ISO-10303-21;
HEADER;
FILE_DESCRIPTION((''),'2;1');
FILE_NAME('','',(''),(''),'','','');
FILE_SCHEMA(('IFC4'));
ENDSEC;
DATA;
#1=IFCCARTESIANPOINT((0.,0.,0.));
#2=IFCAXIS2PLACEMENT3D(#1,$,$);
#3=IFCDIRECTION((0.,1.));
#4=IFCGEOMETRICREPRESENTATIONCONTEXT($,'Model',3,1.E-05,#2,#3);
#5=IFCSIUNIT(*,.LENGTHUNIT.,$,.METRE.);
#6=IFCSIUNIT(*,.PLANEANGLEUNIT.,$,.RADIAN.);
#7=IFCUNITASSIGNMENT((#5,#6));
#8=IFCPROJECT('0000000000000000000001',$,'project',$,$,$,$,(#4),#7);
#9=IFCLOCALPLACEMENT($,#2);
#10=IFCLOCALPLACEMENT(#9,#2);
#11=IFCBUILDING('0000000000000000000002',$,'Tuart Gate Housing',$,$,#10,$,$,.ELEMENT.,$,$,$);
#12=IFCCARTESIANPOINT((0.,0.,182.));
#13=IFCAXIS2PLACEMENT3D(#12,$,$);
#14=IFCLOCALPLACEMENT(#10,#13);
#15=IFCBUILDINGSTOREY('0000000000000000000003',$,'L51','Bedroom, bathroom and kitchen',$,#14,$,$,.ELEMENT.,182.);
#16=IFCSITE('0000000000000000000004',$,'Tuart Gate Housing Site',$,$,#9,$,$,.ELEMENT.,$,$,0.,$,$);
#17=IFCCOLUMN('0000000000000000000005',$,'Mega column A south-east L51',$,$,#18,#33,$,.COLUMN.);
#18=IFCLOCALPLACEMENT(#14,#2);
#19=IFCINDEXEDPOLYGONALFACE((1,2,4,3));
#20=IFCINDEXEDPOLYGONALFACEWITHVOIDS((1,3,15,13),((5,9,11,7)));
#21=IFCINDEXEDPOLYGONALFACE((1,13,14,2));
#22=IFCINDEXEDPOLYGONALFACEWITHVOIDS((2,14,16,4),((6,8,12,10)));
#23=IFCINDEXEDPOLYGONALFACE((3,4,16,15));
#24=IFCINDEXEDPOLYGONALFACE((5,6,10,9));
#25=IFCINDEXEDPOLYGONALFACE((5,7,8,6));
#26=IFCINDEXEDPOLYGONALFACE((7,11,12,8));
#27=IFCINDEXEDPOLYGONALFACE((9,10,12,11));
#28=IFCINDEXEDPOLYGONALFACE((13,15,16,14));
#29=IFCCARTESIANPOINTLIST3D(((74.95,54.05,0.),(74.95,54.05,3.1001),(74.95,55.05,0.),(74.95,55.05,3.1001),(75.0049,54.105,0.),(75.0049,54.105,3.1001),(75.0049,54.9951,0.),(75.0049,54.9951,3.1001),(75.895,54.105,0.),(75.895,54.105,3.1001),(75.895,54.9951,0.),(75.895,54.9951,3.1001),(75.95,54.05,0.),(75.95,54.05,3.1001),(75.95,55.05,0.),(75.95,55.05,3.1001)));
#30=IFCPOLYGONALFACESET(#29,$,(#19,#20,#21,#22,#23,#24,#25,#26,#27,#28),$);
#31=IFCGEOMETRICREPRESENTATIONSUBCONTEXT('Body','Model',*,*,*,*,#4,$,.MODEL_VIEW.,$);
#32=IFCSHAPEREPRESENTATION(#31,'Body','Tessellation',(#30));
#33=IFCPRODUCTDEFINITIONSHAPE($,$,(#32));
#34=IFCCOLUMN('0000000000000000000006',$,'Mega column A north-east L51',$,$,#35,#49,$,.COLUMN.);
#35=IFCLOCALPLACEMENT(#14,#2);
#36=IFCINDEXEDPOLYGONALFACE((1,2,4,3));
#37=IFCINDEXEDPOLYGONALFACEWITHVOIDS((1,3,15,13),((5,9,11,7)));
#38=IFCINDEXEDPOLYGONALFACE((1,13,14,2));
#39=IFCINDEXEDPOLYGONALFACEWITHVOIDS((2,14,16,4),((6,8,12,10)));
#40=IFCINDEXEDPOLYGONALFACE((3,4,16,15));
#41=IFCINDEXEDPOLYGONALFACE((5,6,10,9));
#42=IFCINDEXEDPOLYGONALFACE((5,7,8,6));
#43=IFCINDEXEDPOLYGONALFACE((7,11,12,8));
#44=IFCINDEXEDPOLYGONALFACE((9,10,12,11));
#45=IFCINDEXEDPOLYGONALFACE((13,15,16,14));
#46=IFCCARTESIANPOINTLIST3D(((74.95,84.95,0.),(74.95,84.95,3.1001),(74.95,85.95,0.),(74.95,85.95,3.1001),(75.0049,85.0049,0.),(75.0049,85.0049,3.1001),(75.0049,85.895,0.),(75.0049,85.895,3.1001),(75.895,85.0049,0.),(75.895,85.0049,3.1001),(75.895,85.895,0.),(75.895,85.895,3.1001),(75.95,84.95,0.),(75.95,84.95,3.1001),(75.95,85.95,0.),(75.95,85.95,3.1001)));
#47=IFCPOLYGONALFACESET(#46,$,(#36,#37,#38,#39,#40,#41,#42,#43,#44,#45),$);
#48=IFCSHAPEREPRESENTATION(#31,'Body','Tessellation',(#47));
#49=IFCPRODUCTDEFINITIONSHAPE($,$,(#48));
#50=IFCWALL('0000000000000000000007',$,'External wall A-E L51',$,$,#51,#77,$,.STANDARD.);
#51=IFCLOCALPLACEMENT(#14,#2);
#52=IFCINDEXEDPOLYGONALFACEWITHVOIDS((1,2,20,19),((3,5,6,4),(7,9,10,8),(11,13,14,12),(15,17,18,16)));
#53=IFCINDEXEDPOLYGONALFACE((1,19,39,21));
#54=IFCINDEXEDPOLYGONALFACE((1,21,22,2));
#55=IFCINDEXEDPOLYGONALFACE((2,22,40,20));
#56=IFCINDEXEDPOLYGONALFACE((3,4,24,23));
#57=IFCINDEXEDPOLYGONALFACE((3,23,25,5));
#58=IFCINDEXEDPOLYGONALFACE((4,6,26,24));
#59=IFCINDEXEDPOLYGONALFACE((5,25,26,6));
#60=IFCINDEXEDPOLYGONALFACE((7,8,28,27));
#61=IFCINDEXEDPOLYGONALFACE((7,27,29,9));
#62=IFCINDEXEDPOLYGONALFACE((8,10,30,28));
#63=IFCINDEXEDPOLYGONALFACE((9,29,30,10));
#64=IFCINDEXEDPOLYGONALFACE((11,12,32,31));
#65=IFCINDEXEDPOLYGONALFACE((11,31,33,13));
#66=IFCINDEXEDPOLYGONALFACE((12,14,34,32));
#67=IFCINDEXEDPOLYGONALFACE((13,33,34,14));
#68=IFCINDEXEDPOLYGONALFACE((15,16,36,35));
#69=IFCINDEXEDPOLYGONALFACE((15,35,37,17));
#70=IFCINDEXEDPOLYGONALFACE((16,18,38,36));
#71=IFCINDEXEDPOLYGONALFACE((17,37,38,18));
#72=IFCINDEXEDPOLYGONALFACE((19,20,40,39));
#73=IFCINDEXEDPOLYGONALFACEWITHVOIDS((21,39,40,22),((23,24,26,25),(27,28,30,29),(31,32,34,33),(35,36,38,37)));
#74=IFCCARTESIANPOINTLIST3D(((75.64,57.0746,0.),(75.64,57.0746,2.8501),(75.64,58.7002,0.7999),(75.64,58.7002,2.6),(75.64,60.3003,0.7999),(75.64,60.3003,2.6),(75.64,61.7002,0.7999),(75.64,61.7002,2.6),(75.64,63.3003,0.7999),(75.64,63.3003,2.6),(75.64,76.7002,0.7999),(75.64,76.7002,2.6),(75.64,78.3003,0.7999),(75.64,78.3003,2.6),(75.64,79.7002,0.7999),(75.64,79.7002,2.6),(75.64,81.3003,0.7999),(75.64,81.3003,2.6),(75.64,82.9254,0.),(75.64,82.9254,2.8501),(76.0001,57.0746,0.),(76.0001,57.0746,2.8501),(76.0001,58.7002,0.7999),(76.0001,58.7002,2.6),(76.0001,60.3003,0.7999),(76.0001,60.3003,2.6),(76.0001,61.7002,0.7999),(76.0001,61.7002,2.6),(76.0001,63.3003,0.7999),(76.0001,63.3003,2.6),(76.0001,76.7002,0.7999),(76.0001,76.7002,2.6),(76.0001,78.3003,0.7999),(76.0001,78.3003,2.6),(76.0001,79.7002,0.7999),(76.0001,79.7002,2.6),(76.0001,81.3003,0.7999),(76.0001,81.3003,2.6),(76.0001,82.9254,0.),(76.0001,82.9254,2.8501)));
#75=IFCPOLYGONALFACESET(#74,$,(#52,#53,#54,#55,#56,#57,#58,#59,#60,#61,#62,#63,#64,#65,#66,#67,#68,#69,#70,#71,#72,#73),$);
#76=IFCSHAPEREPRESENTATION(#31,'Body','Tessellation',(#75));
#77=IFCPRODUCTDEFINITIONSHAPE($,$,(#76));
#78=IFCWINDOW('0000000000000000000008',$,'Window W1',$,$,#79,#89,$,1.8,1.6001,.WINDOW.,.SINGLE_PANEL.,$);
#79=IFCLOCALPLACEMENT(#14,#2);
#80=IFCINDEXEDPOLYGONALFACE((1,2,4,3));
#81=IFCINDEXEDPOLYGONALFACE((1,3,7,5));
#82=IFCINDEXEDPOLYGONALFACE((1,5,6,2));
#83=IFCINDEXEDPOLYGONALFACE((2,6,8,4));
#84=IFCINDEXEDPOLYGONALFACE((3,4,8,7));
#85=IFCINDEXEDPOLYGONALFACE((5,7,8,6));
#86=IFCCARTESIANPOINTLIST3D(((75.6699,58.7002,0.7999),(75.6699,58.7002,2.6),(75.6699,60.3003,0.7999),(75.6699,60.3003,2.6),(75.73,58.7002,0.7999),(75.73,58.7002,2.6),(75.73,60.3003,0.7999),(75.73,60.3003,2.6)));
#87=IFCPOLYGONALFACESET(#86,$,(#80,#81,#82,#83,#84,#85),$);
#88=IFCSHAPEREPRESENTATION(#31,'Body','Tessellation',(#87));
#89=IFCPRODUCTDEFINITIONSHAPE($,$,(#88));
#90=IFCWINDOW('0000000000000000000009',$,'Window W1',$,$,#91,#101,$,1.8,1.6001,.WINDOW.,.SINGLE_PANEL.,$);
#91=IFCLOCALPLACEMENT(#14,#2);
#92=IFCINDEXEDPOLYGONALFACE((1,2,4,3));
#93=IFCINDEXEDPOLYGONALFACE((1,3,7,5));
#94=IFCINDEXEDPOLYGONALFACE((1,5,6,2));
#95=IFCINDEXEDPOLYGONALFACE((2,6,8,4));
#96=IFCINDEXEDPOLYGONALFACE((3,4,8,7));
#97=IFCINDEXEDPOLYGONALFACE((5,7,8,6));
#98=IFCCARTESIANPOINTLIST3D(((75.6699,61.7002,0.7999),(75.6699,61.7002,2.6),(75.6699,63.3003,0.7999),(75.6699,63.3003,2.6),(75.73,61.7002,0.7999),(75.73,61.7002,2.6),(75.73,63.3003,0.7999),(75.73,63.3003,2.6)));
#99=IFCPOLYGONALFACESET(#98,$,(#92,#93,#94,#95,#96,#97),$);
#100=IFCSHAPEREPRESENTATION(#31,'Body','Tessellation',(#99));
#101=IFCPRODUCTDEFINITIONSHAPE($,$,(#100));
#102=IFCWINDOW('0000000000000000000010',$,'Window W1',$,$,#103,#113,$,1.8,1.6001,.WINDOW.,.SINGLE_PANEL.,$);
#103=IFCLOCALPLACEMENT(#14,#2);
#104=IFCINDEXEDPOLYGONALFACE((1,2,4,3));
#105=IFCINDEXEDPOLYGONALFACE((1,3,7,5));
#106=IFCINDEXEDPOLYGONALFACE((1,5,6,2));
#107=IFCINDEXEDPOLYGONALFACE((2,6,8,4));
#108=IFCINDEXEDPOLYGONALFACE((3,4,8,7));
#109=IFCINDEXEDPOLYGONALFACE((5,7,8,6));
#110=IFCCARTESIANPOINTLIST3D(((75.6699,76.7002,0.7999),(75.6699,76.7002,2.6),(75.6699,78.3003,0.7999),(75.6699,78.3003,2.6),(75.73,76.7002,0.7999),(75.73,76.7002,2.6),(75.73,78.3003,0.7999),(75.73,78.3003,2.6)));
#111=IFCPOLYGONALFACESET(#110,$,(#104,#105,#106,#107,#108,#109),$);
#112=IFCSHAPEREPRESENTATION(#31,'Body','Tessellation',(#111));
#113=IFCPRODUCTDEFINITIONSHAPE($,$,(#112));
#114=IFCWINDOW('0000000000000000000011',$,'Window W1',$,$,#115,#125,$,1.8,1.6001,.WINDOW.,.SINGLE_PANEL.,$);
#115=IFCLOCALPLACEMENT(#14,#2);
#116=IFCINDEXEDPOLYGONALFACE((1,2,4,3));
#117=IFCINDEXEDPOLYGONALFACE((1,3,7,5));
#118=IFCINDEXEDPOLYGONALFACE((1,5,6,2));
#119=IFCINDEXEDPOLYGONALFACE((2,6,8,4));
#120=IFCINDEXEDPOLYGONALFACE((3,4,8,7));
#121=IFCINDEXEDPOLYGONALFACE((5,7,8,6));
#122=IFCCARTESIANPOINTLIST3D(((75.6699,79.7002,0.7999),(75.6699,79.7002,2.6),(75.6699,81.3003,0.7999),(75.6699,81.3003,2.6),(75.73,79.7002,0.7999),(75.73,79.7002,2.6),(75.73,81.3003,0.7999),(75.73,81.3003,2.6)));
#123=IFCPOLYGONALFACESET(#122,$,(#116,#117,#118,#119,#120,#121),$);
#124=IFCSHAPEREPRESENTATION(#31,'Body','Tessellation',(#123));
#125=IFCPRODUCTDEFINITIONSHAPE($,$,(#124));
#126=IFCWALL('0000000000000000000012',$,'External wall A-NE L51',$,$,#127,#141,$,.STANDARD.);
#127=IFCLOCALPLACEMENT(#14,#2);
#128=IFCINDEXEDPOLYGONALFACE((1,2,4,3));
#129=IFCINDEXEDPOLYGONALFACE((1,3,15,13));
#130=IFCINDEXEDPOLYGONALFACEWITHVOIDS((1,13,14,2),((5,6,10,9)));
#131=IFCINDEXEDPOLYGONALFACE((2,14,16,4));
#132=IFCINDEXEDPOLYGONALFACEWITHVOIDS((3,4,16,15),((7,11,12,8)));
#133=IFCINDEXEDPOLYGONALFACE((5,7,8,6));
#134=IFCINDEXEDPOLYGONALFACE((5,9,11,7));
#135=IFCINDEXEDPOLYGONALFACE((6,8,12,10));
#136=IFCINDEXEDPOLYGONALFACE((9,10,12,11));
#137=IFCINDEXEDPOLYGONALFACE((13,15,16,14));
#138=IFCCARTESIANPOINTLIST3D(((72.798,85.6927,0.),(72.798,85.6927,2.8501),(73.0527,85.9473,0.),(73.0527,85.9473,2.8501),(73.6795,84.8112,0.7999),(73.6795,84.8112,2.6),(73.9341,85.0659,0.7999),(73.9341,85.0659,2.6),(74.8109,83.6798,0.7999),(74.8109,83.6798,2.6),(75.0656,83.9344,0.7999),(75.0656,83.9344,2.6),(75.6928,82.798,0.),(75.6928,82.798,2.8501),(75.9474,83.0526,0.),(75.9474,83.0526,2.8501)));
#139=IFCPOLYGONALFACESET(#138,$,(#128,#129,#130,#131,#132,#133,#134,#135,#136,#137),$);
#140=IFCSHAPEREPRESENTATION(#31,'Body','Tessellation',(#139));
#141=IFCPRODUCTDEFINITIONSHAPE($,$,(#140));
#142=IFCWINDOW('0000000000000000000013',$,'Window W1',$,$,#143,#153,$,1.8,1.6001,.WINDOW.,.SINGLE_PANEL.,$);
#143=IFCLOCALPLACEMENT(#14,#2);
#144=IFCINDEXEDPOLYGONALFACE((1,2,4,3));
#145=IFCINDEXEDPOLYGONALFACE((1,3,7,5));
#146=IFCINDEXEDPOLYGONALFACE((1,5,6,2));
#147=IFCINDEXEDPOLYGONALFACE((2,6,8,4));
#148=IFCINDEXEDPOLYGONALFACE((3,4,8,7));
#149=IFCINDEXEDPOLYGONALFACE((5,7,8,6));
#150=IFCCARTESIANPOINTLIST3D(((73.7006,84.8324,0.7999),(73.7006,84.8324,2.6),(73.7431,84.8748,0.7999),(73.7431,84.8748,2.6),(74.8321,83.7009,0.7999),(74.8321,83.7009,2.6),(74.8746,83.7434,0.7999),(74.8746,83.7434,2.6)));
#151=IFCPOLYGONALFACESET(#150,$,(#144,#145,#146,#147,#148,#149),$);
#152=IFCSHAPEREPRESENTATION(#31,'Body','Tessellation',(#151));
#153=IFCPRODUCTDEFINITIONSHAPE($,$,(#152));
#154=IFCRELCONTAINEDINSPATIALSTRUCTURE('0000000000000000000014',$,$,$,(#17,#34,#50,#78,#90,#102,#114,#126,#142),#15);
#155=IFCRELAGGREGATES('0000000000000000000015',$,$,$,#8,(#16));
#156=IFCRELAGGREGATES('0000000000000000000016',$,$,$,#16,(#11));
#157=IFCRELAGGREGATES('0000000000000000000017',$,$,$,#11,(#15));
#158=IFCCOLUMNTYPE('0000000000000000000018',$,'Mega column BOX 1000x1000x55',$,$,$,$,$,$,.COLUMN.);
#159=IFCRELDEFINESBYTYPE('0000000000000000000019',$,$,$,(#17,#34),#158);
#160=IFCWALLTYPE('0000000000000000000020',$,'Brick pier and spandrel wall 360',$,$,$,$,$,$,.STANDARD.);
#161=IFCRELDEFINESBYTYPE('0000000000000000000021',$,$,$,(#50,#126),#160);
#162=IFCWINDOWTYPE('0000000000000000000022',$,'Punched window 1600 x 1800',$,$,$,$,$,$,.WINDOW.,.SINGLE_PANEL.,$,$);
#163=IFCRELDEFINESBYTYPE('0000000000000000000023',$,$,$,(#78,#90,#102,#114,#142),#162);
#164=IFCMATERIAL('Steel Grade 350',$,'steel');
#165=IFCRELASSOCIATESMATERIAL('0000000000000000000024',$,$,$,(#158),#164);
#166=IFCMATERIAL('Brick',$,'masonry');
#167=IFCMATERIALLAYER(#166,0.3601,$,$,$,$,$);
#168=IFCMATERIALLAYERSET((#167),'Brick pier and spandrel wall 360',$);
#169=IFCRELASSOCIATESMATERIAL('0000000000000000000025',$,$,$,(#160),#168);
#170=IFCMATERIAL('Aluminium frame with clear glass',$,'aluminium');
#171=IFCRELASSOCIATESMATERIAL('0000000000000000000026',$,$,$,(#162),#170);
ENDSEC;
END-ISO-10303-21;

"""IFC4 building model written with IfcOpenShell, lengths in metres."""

from ifc_helpers import new_model, si_unit, direction, frame, frame_2d, origin, origin_2d, place, context, subcontext, project, spatial, rectangle, hollow_rectangle, extrude, material, layer, layer_set, material_profile, profile_set, type_object, element, fill, save


model = new_model("IFC4")

# Units and contexts
model_context = context("Model", 3, precision=1e-05, world=origin(), true_north=direction((0.0, 1.0)))
body_context = subcontext(model_context, "Body", "Model", "MODEL_VIEW")
ifc_project = project(units=[si_unit("LENGTHUNIT", "METRE"), si_unit("PLANEANGLEUNIT", "RADIAN")], contexts=[model_context])

# Site, building, storey
site_placement = place(None, origin())
site = spatial("IfcSite", under=ifc_project, at=site_placement, Name="Tuart Gate Housing Site", CompositionType="ELEMENT", RefElevation=0.0)
building_placement = place(site_placement, origin())
building = spatial("IfcBuilding", under=site, at=building_placement, Name="Tuart Gate Housing", CompositionType="ELEMENT")
storey_placement = place(building_placement, frame((0.0, 0.0, 182.0)))
storey = spatial("IfcBuildingStorey", under=building, at=storey_placement, Name="L51", Description="Bedroom, bathroom and kitchen", CompositionType="ELEMENT", Elevation=182.0)

# Columns
ifc_material_1 = material(Name="Steel Grade 350", Category="steel")
ifc_material_profile = material_profile(ifc_material_1, hollow_rectangle(XDim=1.0, YDim=1.0, WallThickness=0.0549, at=origin_2d()), Name="BOX 1000x1000x55")
ifc_profile_set = profile_set([ifc_material_profile], Name="Steel Grade 350")
column_type = type_object("IfcColumnType", Name="Mega column BOX 1000x1000x55", PredefinedType="COLUMN", material=ifc_profile_set)
for number, where, z_axis, x_axis, name in (
    (1, (75.45, 54.55, 0.0), (0.0, 0.0, 1.0), (1.0, 0.0, 0.0), "Mega column A south-east L51"),
    (2, (75.45, 85.45, 0.0), (0.0, 0.0, 1.0), (1.0, 0.0, 0.0), "Mega column A north-east L51"),
):
    element("IfcColumn", number, at=place(storey_placement, frame(where, z_axis=z_axis, x_axis=x_axis)), inside=storey, type_object=column_type, Name=name, PredefinedType="COLUMN", context=body_context, shape_type="SweptSolid", body=[
        extrude(hollow_rectangle(XDim=1.0, YDim=1.0, WallThickness=0.0549, at=origin_2d()), origin(), (0.0, 0.0, 1.0), 3.1001),
    ])

# Wall, openings, windows
ifc_material_2 = material(Name="Brick", Category="masonry")
ifc_layer_1 = layer(ifc_material_2, 0.3601)
ifc_layer_set_1 = layer_set([ifc_layer_1], Name="Brick pier and spandrel wall 360")
wall_type_1 = type_object("IfcWallType", Name="Brick pier and spandrel wall 360", PredefinedType="STANDARD", material=ifc_layer_set_1)
wall_1_placement = place(storey_placement, frame((75.8201, 57.0747, 0.0), z_axis=(0.0, 0.0, 1.0), x_axis=(0.0, 1.0, 0.0)))
wall_1 = element("IfcWall", 3, at=wall_1_placement, inside=storey, type_object=wall_type_1, Name="External wall A-E L51", PredefinedType="STANDARD", context=body_context, shape_type="SweptSolid", body=[
    extrude(rectangle(XDim=25.8508, YDim=0.3601, at=frame_2d((12.9253, 0.0))), origin(), (0.0, 0.0, 1.0), 2.8501),
])
opening_1_placement = place(wall_1_placement, frame((1.6255, 0.0, 0.8)))
opening_1 = element("IfcOpeningElement", 4, at=opening_1_placement, cuts=wall_1, PredefinedType="OPENING", context=body_context, shape_type="SweptSolid", body=[
    extrude(rectangle(XDim=1.6001, YDim=1.8, at=frame_2d((0.8, 0.8999))), frame((0.0, 0.1899, 0.0), z_axis=(0.0, -1.0, 0.0), x_axis=(1.0, 0.0, 0.0)), (0.0, 0.0, 1.0), 0.3801),
])
opening_2_placement = place(wall_1_placement, frame((4.6255, 0.0, 0.8)))
opening_2 = element("IfcOpeningElement", 5, at=opening_2_placement, cuts=wall_1, PredefinedType="OPENING", context=body_context, shape_type="SweptSolid", body=[
    extrude(rectangle(XDim=1.6001, YDim=1.8, at=frame_2d((0.8, 0.8999))), frame((0.0, 0.1899, 0.0), z_axis=(0.0, -1.0, 0.0), x_axis=(1.0, 0.0, 0.0)), (0.0, 0.0, 1.0), 0.3801),
])
opening_3_placement = place(wall_1_placement, frame((19.6255, 0.0, 0.8)))
opening_3 = element("IfcOpeningElement", 6, at=opening_3_placement, cuts=wall_1, PredefinedType="OPENING", context=body_context, shape_type="SweptSolid", body=[
    extrude(rectangle(XDim=1.6001, YDim=1.8, at=frame_2d((0.8, 0.8999))), frame((0.0, 0.1899, 0.0), z_axis=(0.0, -1.0, 0.0), x_axis=(1.0, 0.0, 0.0)), (0.0, 0.0, 1.0), 0.3801),
])
opening_4_placement = place(wall_1_placement, frame((22.6255, 0.0, 0.8)))
opening_4 = element("IfcOpeningElement", 7, at=opening_4_placement, cuts=wall_1, PredefinedType="OPENING", context=body_context, shape_type="SweptSolid", body=[
    extrude(rectangle(XDim=1.6001, YDim=1.8, at=frame_2d((0.8, 0.8999))), frame((0.0, 0.1899, 0.0), z_axis=(0.0, -1.0, 0.0), x_axis=(1.0, 0.0, 0.0)), (0.0, 0.0, 1.0), 0.3801),
])
ifc_material_3 = material(Name="Aluminium frame with clear glass", Category="aluminium")
window_type = type_object("IfcWindowType", Name="Punched window 1600 x 1800", PartitioningType="SINGLE_PANEL", PredefinedType="WINDOW", material=ifc_material_3)
window_1_placement = place(opening_1_placement, origin())
window_1 = element("IfcWindow", 8, at=window_1_placement, inside=storey, type_object=window_type, Name="Window W1", OverallHeight=1.8, OverallWidth=1.6001, PartitioningType="SINGLE_PANEL", PredefinedType="WINDOW", context=body_context, shape_type="SweptSolid", body=[
    extrude(rectangle(XDim=1.6001, YDim=1.8, at=frame_2d((0.8, 0.8999))), frame((0.0, 0.1501, 0.0), z_axis=(0.0, -1.0, 0.0), x_axis=(1.0, 0.0, 0.0)), (0.0, 0.0, 1.0), 0.0601),
])
fill(opening_1, window_1)
window_2_placement = place(opening_2_placement, origin())
window_2 = element("IfcWindow", 9, at=window_2_placement, inside=storey, type_object=window_type, Name="Window W1", OverallHeight=1.8, OverallWidth=1.6001, PartitioningType="SINGLE_PANEL", PredefinedType="WINDOW", context=body_context, shape_type="SweptSolid", body=[
    extrude(rectangle(XDim=1.6001, YDim=1.8, at=frame_2d((0.8, 0.8999))), frame((0.0, 0.1501, 0.0), z_axis=(0.0, -1.0, 0.0), x_axis=(1.0, 0.0, 0.0)), (0.0, 0.0, 1.0), 0.0601),
])
fill(opening_2, window_2)
window_3_placement = place(opening_3_placement, origin())
window_3 = element("IfcWindow", 10, at=window_3_placement, inside=storey, type_object=window_type, Name="Window W1", OverallHeight=1.8, OverallWidth=1.6001, PartitioningType="SINGLE_PANEL", PredefinedType="WINDOW", context=body_context, shape_type="SweptSolid", body=[
    extrude(rectangle(XDim=1.6001, YDim=1.8, at=frame_2d((0.8, 0.8999))), frame((0.0, 0.1501, 0.0), z_axis=(0.0, -1.0, 0.0), x_axis=(1.0, 0.0, 0.0)), (0.0, 0.0, 1.0), 0.0601),
])
fill(opening_3, window_3)
window_4_placement = place(opening_4_placement, origin())
window_4 = element("IfcWindow", 11, at=window_4_placement, inside=storey, type_object=window_type, Name="Window W1", OverallHeight=1.8, OverallWidth=1.6001, PartitioningType="SINGLE_PANEL", PredefinedType="WINDOW", context=body_context, shape_type="SweptSolid", body=[
    extrude(rectangle(XDim=1.6001, YDim=1.8, at=frame_2d((0.8, 0.8999))), frame((0.0, 0.1501, 0.0), z_axis=(0.0, -1.0, 0.0), x_axis=(1.0, 0.0, 0.0)), (0.0, 0.0, 1.0), 0.0601),
])
fill(opening_4, window_4)

# Wall, opening, window
wall_2_placement = place(storey_placement, frame((75.8201, 82.9253, 0.0), z_axis=(0.0, 0.0, 1.0), x_axis=(-0.707107, 0.707107, 0.0)))
wall_2 = element("IfcWall", 12, at=wall_2_placement, inside=storey, type_object=wall_type_1, Name="External wall A-NE L51", PredefinedType="STANDARD", context=body_context, shape_type="SweptSolid", body=[
    extrude(rectangle(XDim=4.0938, YDim=0.3601, at=frame_2d((2.0469, 0.0))), origin(), (0.0, 0.0, 1.0), 2.8501),
])
opening_5_placement = place(wall_2_placement, frame((1.2471, 0.0, 0.8)))
opening_5 = element("IfcOpeningElement", 13, at=opening_5_placement, cuts=wall_2, PredefinedType="OPENING", context=body_context, shape_type="SweptSolid", body=[
    extrude(rectangle(XDim=1.6001, YDim=1.8, at=frame_2d((0.8, 0.8999))), frame((0.0, 0.1899, 0.0), z_axis=(0.0, -1.0, 0.0), x_axis=(1.0, 0.0, 0.0)), (0.0, 0.0, 1.0), 0.3801),
])
window_5_placement = place(opening_5_placement, origin())
window_5 = element("IfcWindow", 14, at=window_5_placement, inside=storey, type_object=window_type, Name="Window W1", OverallHeight=1.8, OverallWidth=1.6001, PartitioningType="SINGLE_PANEL", PredefinedType="WINDOW", context=body_context, shape_type="SweptSolid", body=[
    extrude(rectangle(XDim=1.6001, YDim=1.8, at=frame_2d((0.8, 0.8999))), frame((0.0, 0.1501, 0.0), z_axis=(0.0, -1.0, 0.0), x_axis=(1.0, 0.0, 0.0)), (0.0, 0.0, 1.0), 0.0601),
])
fill(opening_5, window_5)

save(model, "model.ifc")
